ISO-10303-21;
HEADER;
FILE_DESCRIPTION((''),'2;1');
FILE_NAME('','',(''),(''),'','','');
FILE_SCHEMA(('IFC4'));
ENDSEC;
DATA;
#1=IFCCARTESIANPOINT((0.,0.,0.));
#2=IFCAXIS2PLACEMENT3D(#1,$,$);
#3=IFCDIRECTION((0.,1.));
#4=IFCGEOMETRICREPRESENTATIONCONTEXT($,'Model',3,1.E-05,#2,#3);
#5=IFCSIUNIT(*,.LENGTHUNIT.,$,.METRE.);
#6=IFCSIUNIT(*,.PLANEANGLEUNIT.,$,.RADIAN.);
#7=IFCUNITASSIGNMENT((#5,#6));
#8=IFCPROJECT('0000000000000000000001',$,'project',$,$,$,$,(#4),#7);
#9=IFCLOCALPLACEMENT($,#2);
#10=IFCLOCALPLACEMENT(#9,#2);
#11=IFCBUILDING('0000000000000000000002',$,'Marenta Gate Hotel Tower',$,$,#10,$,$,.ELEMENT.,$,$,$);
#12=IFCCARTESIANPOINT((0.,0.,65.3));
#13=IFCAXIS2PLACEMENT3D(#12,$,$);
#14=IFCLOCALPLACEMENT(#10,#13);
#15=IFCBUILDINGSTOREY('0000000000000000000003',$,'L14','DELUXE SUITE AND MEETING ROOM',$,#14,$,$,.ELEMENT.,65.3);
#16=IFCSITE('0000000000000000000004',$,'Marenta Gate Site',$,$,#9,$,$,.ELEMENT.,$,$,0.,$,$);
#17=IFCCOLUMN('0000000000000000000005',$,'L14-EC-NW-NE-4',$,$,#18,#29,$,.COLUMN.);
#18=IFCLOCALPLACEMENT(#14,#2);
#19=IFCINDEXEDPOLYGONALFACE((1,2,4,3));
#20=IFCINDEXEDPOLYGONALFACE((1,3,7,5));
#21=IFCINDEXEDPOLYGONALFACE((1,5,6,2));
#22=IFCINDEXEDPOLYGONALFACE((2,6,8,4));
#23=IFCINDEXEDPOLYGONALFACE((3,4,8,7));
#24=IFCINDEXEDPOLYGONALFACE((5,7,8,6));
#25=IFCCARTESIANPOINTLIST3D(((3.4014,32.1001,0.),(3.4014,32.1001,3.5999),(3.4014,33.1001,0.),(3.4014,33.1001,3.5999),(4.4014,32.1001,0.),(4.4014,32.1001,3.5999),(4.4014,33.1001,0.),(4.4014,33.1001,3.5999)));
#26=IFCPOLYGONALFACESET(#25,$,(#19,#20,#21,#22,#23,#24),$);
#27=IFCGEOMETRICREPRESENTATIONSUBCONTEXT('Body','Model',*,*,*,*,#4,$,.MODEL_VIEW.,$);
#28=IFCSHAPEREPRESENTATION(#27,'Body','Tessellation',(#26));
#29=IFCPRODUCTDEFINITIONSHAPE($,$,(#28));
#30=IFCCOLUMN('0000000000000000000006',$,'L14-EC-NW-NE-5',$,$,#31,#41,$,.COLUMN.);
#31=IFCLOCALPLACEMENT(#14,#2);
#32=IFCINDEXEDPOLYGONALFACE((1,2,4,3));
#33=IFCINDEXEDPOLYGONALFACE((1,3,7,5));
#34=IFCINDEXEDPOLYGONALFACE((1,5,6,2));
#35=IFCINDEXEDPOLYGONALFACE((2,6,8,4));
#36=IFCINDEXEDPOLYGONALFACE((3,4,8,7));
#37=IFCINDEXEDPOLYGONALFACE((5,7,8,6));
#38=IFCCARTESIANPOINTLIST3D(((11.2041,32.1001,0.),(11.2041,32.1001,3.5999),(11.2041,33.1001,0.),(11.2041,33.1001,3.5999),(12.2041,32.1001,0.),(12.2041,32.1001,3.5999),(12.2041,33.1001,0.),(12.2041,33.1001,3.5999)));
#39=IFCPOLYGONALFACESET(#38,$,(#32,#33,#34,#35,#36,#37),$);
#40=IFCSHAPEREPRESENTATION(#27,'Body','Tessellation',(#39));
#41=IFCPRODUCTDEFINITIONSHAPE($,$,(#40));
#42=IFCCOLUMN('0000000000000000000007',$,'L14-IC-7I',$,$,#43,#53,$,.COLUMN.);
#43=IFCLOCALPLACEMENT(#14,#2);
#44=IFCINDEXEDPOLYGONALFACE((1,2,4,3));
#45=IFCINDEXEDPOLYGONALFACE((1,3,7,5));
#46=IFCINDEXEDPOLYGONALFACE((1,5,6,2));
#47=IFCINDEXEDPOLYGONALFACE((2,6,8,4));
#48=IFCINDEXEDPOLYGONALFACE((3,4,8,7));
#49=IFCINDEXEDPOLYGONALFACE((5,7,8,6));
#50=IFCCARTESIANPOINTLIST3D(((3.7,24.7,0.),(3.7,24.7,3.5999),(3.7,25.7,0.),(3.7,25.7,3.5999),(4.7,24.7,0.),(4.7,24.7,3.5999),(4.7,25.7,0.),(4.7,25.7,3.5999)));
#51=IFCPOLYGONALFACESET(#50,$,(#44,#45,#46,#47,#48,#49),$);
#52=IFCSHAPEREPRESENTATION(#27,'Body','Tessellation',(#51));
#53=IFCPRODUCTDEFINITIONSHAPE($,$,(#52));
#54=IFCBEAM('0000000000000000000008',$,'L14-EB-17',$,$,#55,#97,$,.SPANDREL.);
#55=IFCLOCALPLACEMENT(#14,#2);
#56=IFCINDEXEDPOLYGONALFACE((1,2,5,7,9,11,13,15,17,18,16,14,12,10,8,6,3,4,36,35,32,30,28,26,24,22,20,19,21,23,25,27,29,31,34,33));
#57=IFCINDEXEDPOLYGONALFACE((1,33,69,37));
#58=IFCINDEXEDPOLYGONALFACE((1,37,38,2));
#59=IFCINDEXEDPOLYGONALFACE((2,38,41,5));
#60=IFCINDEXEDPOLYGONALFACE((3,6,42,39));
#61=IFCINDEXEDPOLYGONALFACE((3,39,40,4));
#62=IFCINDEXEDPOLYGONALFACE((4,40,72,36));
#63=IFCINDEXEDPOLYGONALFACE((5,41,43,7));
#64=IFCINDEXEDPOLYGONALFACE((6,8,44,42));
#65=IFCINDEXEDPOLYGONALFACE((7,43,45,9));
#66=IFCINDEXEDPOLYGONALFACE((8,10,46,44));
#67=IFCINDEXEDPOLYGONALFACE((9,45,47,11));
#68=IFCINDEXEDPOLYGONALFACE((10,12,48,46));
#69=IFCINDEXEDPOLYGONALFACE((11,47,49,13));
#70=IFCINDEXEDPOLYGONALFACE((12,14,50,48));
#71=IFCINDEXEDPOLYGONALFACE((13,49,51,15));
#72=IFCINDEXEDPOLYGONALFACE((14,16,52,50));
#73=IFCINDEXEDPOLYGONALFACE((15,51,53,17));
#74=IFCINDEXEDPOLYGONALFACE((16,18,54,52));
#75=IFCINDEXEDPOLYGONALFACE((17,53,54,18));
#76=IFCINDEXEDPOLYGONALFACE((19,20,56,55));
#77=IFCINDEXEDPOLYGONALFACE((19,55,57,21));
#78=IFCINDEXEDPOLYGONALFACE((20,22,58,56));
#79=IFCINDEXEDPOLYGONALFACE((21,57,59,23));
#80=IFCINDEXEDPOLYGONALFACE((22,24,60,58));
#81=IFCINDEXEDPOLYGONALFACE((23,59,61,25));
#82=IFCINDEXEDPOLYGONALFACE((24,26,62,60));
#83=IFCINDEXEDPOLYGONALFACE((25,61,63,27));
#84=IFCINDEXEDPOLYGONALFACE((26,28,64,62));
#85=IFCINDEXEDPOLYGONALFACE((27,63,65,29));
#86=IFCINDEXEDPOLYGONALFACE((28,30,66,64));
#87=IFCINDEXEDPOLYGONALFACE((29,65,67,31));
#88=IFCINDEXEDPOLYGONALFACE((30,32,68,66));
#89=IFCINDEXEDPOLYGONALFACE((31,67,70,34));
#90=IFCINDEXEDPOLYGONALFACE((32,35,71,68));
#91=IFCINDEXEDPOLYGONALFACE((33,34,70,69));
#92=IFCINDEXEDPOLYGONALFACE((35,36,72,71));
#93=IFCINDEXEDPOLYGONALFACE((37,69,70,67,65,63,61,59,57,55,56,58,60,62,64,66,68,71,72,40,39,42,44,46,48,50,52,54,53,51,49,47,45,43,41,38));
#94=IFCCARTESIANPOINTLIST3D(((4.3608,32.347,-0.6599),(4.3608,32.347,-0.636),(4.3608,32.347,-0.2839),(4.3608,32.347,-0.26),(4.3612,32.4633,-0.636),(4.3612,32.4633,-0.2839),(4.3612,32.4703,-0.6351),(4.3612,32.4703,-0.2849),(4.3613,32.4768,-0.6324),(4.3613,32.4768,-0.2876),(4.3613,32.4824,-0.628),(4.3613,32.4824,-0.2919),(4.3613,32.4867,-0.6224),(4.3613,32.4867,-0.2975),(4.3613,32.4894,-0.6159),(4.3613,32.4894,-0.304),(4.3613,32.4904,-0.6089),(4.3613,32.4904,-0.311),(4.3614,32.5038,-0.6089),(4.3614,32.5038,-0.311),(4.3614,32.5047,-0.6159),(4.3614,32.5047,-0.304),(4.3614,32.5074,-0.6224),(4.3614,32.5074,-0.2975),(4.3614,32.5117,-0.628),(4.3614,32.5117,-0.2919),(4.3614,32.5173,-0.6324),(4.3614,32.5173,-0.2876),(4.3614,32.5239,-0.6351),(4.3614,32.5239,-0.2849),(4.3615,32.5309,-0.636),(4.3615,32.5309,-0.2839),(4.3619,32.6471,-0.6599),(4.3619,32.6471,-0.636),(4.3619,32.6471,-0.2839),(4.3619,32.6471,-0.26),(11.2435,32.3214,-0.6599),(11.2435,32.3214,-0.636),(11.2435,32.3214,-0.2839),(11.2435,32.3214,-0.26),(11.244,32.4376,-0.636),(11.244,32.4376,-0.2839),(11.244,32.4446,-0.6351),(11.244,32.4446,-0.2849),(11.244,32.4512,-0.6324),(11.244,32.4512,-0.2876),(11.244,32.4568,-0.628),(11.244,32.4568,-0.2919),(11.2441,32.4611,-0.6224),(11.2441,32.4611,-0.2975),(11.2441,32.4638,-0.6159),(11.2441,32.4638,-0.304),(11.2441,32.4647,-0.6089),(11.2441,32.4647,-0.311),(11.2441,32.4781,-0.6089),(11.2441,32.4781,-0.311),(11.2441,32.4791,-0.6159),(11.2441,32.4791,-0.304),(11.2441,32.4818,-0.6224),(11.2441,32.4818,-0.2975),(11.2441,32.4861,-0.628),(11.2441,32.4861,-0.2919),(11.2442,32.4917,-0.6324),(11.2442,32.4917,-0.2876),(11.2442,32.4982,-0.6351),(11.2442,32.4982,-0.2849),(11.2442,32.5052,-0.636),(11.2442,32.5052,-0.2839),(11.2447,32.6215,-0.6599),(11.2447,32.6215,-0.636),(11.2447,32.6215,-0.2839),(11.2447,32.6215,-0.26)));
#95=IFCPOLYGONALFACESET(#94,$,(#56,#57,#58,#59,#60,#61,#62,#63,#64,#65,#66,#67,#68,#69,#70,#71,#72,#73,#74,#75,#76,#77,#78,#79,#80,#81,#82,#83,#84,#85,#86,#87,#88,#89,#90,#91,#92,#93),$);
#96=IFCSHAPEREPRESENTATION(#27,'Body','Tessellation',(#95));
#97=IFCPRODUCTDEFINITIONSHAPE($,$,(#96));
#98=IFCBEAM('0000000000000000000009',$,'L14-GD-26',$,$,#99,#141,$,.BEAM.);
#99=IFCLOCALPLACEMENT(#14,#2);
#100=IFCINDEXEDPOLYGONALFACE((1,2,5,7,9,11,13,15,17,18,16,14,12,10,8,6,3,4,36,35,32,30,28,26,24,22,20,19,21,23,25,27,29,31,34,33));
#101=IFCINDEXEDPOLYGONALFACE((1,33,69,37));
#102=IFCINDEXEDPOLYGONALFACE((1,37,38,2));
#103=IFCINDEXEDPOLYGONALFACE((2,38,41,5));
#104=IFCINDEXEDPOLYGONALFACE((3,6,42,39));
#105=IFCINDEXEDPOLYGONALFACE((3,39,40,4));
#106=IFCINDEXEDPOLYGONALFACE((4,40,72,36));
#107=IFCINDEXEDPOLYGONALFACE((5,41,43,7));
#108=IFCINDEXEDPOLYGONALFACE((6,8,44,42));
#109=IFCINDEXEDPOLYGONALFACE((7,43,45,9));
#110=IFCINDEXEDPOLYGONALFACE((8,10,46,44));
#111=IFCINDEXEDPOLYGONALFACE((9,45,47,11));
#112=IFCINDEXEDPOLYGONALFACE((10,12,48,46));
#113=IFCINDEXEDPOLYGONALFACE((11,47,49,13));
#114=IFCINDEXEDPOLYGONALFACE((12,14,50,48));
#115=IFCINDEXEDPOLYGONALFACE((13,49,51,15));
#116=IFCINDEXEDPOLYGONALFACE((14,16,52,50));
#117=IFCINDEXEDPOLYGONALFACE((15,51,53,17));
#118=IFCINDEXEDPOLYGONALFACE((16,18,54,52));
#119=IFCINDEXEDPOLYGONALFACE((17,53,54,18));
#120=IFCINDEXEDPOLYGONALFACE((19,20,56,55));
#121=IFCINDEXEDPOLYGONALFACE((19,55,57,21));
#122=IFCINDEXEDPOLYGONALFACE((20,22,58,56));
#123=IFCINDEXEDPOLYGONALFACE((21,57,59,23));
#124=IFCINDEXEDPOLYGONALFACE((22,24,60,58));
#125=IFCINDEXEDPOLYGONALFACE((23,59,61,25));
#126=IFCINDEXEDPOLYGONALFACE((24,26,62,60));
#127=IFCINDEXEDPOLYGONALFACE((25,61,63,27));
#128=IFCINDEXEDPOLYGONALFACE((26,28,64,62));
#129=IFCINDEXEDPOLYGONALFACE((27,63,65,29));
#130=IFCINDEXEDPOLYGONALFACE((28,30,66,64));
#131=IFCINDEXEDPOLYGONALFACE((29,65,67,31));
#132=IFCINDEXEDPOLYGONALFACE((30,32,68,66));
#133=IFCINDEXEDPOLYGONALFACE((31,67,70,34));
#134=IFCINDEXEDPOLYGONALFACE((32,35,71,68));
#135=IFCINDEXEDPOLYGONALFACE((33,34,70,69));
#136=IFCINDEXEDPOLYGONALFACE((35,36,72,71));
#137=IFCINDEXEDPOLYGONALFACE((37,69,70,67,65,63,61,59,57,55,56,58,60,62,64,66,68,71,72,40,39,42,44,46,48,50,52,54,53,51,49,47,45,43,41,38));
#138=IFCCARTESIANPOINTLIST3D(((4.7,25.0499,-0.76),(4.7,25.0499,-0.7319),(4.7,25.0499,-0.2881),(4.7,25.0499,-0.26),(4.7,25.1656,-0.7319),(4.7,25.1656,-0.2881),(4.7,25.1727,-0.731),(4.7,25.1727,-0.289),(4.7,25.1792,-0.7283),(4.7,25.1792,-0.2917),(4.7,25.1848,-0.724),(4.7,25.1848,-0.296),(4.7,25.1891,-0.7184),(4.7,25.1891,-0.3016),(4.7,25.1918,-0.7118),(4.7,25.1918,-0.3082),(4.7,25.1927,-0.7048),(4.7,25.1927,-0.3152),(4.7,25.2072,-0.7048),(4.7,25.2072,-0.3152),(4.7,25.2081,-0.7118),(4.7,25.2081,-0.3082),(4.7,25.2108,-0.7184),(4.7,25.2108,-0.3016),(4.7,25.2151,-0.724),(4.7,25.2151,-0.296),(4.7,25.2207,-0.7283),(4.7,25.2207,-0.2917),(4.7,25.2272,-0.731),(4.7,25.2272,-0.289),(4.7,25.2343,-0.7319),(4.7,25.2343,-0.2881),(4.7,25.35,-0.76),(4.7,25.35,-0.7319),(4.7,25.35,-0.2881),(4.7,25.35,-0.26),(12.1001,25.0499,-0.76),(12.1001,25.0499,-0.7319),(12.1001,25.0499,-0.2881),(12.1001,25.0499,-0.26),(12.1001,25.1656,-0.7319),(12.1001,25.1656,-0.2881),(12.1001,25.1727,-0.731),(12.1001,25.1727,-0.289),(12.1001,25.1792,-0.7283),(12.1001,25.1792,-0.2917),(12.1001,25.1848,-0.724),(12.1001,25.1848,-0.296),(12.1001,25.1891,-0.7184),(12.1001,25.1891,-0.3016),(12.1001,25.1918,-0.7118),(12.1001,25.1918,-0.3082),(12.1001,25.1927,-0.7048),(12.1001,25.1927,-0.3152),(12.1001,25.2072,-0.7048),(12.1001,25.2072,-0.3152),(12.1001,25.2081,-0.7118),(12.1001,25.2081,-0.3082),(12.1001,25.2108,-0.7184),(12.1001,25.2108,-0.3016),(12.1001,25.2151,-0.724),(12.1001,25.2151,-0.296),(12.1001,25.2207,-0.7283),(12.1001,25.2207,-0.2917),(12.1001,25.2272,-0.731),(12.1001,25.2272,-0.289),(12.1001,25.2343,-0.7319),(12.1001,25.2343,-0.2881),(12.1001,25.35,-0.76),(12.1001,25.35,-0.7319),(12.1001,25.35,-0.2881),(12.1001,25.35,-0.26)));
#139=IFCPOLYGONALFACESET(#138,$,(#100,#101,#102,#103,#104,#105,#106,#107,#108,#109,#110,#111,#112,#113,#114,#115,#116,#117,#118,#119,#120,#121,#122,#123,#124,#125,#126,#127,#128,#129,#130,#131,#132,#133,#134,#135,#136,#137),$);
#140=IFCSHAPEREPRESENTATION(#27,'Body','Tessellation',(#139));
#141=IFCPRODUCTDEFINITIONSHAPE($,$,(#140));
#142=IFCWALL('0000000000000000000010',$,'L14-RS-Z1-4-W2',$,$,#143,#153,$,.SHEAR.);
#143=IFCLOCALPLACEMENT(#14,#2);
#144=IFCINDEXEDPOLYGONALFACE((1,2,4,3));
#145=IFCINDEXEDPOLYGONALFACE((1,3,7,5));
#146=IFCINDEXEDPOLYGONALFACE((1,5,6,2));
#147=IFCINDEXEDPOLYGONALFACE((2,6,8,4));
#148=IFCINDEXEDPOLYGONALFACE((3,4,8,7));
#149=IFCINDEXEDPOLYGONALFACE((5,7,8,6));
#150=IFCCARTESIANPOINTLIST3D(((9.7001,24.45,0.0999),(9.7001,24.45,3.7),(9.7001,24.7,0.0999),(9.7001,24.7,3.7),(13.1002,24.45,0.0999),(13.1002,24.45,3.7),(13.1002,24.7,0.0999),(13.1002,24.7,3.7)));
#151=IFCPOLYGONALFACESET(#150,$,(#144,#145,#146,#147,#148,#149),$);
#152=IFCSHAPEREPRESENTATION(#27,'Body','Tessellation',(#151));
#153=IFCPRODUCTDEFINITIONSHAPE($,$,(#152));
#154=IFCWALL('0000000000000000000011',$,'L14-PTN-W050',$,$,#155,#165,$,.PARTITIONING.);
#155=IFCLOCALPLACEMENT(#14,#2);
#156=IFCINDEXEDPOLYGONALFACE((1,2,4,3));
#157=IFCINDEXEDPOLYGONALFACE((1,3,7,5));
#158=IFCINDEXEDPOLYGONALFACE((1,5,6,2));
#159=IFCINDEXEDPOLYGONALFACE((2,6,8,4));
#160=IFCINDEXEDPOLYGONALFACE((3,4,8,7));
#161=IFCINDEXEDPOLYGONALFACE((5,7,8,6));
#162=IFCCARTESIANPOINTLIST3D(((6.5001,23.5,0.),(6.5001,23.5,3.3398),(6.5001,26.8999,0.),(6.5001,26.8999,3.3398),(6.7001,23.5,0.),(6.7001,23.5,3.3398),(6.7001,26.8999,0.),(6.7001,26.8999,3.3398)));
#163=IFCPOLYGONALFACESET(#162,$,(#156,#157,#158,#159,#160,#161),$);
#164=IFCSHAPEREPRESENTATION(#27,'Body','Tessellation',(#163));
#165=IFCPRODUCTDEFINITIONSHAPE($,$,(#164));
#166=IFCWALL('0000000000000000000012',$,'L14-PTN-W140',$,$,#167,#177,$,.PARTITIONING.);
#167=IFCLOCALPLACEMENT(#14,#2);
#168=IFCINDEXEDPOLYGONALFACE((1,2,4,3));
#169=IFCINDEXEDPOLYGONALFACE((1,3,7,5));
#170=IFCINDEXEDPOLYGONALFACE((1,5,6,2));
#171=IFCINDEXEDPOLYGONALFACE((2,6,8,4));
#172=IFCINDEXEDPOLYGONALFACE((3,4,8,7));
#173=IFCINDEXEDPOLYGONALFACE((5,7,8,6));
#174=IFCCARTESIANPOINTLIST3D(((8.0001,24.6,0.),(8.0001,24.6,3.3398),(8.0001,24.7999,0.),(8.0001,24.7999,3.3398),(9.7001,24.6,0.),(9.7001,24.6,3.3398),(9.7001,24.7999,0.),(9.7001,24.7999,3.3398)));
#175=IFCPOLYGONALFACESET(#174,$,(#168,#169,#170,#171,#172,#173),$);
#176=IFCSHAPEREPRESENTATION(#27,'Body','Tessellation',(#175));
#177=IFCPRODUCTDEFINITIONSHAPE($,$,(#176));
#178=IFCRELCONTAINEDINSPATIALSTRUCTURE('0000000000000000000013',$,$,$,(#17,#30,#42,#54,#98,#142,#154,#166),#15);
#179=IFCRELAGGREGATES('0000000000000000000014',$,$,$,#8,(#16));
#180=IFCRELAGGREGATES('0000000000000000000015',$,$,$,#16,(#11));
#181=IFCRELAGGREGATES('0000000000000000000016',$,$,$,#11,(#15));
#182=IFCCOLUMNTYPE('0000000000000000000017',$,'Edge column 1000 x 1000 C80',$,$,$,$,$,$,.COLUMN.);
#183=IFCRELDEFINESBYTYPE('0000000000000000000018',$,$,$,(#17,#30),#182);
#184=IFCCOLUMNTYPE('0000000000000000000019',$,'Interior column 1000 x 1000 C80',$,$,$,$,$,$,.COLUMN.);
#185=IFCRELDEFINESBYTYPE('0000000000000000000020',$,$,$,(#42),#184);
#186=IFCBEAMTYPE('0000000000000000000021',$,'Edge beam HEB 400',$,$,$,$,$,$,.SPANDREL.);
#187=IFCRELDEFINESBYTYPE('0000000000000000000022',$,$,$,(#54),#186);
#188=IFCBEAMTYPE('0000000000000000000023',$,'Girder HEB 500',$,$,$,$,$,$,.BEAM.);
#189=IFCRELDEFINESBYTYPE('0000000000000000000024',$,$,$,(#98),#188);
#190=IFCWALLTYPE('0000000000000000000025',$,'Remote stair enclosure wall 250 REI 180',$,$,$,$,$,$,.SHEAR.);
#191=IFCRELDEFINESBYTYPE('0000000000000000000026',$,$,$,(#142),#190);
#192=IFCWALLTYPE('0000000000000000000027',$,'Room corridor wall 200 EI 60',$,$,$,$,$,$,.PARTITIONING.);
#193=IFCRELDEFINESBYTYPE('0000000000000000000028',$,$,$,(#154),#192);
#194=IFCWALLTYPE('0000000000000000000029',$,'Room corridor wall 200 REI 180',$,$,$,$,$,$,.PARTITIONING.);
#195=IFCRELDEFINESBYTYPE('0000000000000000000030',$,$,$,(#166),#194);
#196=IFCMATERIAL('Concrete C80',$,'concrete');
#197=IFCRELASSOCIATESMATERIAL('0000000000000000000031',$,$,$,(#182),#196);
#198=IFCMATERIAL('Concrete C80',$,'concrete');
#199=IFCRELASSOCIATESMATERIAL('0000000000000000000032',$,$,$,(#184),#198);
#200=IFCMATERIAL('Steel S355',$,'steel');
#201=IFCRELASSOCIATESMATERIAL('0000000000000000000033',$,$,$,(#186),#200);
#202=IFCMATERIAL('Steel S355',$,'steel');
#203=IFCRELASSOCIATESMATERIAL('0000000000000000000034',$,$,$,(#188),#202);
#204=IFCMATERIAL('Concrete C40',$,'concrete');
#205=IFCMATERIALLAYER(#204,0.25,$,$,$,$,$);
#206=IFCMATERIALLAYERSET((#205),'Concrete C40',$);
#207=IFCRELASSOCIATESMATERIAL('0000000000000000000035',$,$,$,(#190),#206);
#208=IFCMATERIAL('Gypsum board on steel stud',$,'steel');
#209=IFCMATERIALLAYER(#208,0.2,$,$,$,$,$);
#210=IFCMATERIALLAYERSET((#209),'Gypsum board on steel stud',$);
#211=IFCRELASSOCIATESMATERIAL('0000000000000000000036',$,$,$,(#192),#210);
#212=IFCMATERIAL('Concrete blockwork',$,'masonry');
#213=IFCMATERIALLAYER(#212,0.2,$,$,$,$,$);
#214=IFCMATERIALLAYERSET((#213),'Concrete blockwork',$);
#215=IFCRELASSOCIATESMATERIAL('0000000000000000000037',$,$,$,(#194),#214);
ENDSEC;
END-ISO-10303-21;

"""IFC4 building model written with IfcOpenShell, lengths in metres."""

from ifc_helpers import new_model, si_unit, direction, frame, frame_2d, origin, origin_2d, place, context, subcontext, project, spatial, rectangle, i_section, extrude, material, layer, layer_set, material_profile, profile_set, type_object, element, save


model = new_model("IFC4")

# Units and contexts
model_context = context("Model", 3, precision=1e-05, world=origin(), true_north=direction((0.0, 1.0)))
body_context = subcontext(model_context, "Body", "Model", "MODEL_VIEW")
ifc_project = project(units=[si_unit("LENGTHUNIT", "METRE"), si_unit("PLANEANGLEUNIT", "RADIAN")], contexts=[model_context])

# Site, building, storey
site_placement = place(None, origin())
site = spatial("IfcSite", under=ifc_project, at=site_placement, Name="Marenta Gate Site", CompositionType="ELEMENT", RefElevation=0.0)
building_placement = place(site_placement, origin())
building = spatial("IfcBuilding", under=site, at=building_placement, Name="Marenta Gate Hotel Tower", CompositionType="ELEMENT")
storey_placement = place(building_placement, frame((0.0, 0.0, 65.3)))
storey = spatial("IfcBuildingStorey", under=building, at=storey_placement, Name="L14", Description="DELUXE SUITE AND MEETING ROOM", CompositionType="ELEMENT", Elevation=65.3)

# Columns
ifc_material_1 = material(Name="Concrete C80", Category="concrete")
ifc_material_profile_1 = material_profile(ifc_material_1, rectangle(XDim=1.0, YDim=1.0, at=origin_2d()), Name="1000 x 1000")
ifc_profile_set_1 = profile_set([ifc_material_profile_1], Name="Concrete C80")
column_type_1 = type_object("IfcColumnType", Name="Edge column 1000 x 1000 C80", PredefinedType="COLUMN", material=ifc_profile_set_1)
for number, where, z_axis, x_axis, name in (
    (1, (3.9014, 32.6001, 0.0), (0.0, 0.0, 1.0), (1.0, 0.0, 0.0), "L14-EC-NW-NE-4"),
    (2, (11.7041, 32.6001, 0.0), (0.0, 0.0, 1.0), (1.0, 0.0, 0.0), "L14-EC-NW-NE-5"),
):
    element("IfcColumn", number, at=place(storey_placement, frame(where, z_axis=z_axis, x_axis=x_axis)), inside=storey, type_object=column_type_1, Name=name, PredefinedType="COLUMN", context=body_context, shape_type="SweptSolid", body=[
        extrude(rectangle(XDim=1.0, YDim=1.0, at=origin_2d()), origin(), (0.0, 0.0, 1.0), 3.5999),
    ])
ifc_material_2 = material(Name="Concrete C80", Category="concrete")
ifc_material_profile_2 = material_profile(ifc_material_2, rectangle(XDim=1.0, YDim=1.0, at=origin_2d()), Name="1000 x 1000")
ifc_profile_set_2 = profile_set([ifc_material_profile_2], Name="Concrete C80")
column_type_2 = type_object("IfcColumnType", Name="Interior column 1000 x 1000 C80", PredefinedType="COLUMN", material=ifc_profile_set_2)
column_placement = place(storey_placement, frame((4.2, 25.2, 0.0), z_axis=(0.0, 0.0, 1.0), x_axis=(1.0, 0.0, 0.0)))
element("IfcColumn", 3, at=column_placement, inside=storey, type_object=column_type_2, Name="L14-IC-7I", PredefinedType="COLUMN", context=body_context, shape_type="SweptSolid", body=[
    extrude(rectangle(XDim=1.0, YDim=1.0, at=origin_2d()), origin(), (0.0, 0.0, 1.0), 3.5999),
])

# Beams
ifc_material_3 = material(Name="Steel S355", Category="steel")
ifc_material_profile_3 = material_profile(ifc_material_3, i_section(OverallWidth=0.3, OverallDepth=0.3999, WebThickness=0.0134, FlangeThickness=0.0239, FilletRadius=0.0271, at=origin_2d()), Name="HEB 400")
ifc_profile_set_3 = profile_set([ifc_material_profile_3], Name="Steel S355")
beam_type_1 = type_object("IfcBeamType", Name="Edge beam HEB 400", PredefinedType="SPANDREL", material=ifc_profile_set_3)
beam_1_placement = place(storey_placement, frame((4.3613, 32.4971, -0.46), z_axis=(0.999993, -0.003724, 0.0), x_axis=(0.003724, 0.999993, 0.0)))
element("IfcBeam", 4, at=beam_1_placement, inside=storey, type_object=beam_type_1, Name="L14-EB-17", PredefinedType="SPANDREL", context=body_context, shape_type="SweptSolid", body=[
    extrude(i_section(OverallWidth=0.3, OverallDepth=0.3999, WebThickness=0.0134, FlangeThickness=0.0239, FilletRadius=0.0271, at=origin_2d()), origin(), (0.0, 0.0, 1.0), 6.8828),
])
ifc_material_4 = material(Name="Steel S355", Category="steel")
ifc_material_profile_4 = material_profile(ifc_material_4, i_section(OverallWidth=0.3, OverallDepth=0.5, WebThickness=0.0144, FlangeThickness=0.0281, FilletRadius=0.0271, at=origin_2d()), Name="HEB 500")
ifc_profile_set_4 = profile_set([ifc_material_profile_4], Name="Steel S355")
beam_type_2 = type_object("IfcBeamType", Name="Girder HEB 500", PredefinedType="BEAM", material=ifc_profile_set_4)
beam_2_placement = place(storey_placement, frame((4.7, 25.2, -0.51), z_axis=(1.0, 0.0, 0.0), x_axis=(0.0, 1.0, 0.0)))
element("IfcBeam", 5, at=beam_2_placement, inside=storey, type_object=beam_type_2, Name="L14-GD-26", PredefinedType="BEAM", context=body_context, shape_type="SweptSolid", body=[
    extrude(i_section(OverallWidth=0.3, OverallDepth=0.5, WebThickness=0.0144, FlangeThickness=0.0281, FilletRadius=0.0271, at=origin_2d()), origin(), (0.0, 0.0, 1.0), 7.4001),
])

# Walls
ifc_material_5 = material(Name="Concrete C40", Category="concrete")
ifc_layer_1 = layer(ifc_material_5, 0.25)
ifc_layer_set_1 = layer_set([ifc_layer_1], Name="Concrete C40")
wall_type_1 = type_object("IfcWallType", Name="Remote stair enclosure wall 250 REI 180", PredefinedType="SHEAR", material=ifc_layer_set_1)
wall_1_placement = place(storey_placement, frame((9.7, 24.575, 0.0999), z_axis=(0.0, 0.0, 1.0), x_axis=(1.0, 0.0, 0.0)))
element("IfcWall", 6, at=wall_1_placement, inside=storey, type_object=wall_type_1, Name="L14-RS-Z1-4-W2", PredefinedType="SHEAR", context=body_context, shape_type="SweptSolid", body=[
    extrude(rectangle(XDim=3.4001, YDim=0.25, at=frame_2d((1.7002, 0.0))), origin(), (0.0, 0.0, 1.0), 3.6001),
])
ifc_material_6 = material(Name="Gypsum board on steel stud", Category="steel")
ifc_layer_2 = layer(ifc_material_6, 0.2)
ifc_layer_set_2 = layer_set([ifc_layer_2], Name="Gypsum board on steel stud")
wall_type_2 = type_object("IfcWallType", Name="Room corridor wall 200 EI 60", PredefinedType="PARTITIONING", material=ifc_layer_set_2)
wall_2_placement = place(storey_placement, frame((6.6001, 23.5, 0.0), z_axis=(0.0, 0.0, 1.0), x_axis=(0.0, 1.0, 0.0)))
element("IfcWall", 7, at=wall_2_placement, inside=storey, type_object=wall_type_2, Name="L14-PTN-W050", PredefinedType="PARTITIONING", context=body_context, shape_type="SweptSolid", body=[
    extrude(rectangle(XDim=3.3999, YDim=0.2, at=frame_2d((1.7, 0.0))), origin(), (0.0, 0.0, 1.0), 3.3398),
])

# Shared definitions
ifc_material_7 = material(Name="Concrete blockwork", Category="masonry")
ifc_layer_3 = layer(ifc_material_7, 0.2)
ifc_layer_set_3 = layer_set([ifc_layer_3], Name="Concrete blockwork")
wall_type_3 = type_object("IfcWallType", Name="Room corridor wall 200 REI 180", PredefinedType="PARTITIONING", material=ifc_layer_set_3)

# Wall
wall_3_placement = place(storey_placement, frame((8.0, 24.7, 0.0), z_axis=(0.0, 0.0, 1.0), x_axis=(1.0, 0.0, 0.0)))
element("IfcWall", 8, at=wall_3_placement, inside=storey, type_object=wall_type_3, Name="L14-PTN-W140", PredefinedType="PARTITIONING", context=body_context, shape_type="SweptSolid", body=[
    extrude(rectangle(XDim=1.7, YDim=0.2, at=frame_2d((0.8501, 0.0))), origin(), (0.0, 0.0, 1.0), 3.3398),
])

save(model, "model.ifc")
